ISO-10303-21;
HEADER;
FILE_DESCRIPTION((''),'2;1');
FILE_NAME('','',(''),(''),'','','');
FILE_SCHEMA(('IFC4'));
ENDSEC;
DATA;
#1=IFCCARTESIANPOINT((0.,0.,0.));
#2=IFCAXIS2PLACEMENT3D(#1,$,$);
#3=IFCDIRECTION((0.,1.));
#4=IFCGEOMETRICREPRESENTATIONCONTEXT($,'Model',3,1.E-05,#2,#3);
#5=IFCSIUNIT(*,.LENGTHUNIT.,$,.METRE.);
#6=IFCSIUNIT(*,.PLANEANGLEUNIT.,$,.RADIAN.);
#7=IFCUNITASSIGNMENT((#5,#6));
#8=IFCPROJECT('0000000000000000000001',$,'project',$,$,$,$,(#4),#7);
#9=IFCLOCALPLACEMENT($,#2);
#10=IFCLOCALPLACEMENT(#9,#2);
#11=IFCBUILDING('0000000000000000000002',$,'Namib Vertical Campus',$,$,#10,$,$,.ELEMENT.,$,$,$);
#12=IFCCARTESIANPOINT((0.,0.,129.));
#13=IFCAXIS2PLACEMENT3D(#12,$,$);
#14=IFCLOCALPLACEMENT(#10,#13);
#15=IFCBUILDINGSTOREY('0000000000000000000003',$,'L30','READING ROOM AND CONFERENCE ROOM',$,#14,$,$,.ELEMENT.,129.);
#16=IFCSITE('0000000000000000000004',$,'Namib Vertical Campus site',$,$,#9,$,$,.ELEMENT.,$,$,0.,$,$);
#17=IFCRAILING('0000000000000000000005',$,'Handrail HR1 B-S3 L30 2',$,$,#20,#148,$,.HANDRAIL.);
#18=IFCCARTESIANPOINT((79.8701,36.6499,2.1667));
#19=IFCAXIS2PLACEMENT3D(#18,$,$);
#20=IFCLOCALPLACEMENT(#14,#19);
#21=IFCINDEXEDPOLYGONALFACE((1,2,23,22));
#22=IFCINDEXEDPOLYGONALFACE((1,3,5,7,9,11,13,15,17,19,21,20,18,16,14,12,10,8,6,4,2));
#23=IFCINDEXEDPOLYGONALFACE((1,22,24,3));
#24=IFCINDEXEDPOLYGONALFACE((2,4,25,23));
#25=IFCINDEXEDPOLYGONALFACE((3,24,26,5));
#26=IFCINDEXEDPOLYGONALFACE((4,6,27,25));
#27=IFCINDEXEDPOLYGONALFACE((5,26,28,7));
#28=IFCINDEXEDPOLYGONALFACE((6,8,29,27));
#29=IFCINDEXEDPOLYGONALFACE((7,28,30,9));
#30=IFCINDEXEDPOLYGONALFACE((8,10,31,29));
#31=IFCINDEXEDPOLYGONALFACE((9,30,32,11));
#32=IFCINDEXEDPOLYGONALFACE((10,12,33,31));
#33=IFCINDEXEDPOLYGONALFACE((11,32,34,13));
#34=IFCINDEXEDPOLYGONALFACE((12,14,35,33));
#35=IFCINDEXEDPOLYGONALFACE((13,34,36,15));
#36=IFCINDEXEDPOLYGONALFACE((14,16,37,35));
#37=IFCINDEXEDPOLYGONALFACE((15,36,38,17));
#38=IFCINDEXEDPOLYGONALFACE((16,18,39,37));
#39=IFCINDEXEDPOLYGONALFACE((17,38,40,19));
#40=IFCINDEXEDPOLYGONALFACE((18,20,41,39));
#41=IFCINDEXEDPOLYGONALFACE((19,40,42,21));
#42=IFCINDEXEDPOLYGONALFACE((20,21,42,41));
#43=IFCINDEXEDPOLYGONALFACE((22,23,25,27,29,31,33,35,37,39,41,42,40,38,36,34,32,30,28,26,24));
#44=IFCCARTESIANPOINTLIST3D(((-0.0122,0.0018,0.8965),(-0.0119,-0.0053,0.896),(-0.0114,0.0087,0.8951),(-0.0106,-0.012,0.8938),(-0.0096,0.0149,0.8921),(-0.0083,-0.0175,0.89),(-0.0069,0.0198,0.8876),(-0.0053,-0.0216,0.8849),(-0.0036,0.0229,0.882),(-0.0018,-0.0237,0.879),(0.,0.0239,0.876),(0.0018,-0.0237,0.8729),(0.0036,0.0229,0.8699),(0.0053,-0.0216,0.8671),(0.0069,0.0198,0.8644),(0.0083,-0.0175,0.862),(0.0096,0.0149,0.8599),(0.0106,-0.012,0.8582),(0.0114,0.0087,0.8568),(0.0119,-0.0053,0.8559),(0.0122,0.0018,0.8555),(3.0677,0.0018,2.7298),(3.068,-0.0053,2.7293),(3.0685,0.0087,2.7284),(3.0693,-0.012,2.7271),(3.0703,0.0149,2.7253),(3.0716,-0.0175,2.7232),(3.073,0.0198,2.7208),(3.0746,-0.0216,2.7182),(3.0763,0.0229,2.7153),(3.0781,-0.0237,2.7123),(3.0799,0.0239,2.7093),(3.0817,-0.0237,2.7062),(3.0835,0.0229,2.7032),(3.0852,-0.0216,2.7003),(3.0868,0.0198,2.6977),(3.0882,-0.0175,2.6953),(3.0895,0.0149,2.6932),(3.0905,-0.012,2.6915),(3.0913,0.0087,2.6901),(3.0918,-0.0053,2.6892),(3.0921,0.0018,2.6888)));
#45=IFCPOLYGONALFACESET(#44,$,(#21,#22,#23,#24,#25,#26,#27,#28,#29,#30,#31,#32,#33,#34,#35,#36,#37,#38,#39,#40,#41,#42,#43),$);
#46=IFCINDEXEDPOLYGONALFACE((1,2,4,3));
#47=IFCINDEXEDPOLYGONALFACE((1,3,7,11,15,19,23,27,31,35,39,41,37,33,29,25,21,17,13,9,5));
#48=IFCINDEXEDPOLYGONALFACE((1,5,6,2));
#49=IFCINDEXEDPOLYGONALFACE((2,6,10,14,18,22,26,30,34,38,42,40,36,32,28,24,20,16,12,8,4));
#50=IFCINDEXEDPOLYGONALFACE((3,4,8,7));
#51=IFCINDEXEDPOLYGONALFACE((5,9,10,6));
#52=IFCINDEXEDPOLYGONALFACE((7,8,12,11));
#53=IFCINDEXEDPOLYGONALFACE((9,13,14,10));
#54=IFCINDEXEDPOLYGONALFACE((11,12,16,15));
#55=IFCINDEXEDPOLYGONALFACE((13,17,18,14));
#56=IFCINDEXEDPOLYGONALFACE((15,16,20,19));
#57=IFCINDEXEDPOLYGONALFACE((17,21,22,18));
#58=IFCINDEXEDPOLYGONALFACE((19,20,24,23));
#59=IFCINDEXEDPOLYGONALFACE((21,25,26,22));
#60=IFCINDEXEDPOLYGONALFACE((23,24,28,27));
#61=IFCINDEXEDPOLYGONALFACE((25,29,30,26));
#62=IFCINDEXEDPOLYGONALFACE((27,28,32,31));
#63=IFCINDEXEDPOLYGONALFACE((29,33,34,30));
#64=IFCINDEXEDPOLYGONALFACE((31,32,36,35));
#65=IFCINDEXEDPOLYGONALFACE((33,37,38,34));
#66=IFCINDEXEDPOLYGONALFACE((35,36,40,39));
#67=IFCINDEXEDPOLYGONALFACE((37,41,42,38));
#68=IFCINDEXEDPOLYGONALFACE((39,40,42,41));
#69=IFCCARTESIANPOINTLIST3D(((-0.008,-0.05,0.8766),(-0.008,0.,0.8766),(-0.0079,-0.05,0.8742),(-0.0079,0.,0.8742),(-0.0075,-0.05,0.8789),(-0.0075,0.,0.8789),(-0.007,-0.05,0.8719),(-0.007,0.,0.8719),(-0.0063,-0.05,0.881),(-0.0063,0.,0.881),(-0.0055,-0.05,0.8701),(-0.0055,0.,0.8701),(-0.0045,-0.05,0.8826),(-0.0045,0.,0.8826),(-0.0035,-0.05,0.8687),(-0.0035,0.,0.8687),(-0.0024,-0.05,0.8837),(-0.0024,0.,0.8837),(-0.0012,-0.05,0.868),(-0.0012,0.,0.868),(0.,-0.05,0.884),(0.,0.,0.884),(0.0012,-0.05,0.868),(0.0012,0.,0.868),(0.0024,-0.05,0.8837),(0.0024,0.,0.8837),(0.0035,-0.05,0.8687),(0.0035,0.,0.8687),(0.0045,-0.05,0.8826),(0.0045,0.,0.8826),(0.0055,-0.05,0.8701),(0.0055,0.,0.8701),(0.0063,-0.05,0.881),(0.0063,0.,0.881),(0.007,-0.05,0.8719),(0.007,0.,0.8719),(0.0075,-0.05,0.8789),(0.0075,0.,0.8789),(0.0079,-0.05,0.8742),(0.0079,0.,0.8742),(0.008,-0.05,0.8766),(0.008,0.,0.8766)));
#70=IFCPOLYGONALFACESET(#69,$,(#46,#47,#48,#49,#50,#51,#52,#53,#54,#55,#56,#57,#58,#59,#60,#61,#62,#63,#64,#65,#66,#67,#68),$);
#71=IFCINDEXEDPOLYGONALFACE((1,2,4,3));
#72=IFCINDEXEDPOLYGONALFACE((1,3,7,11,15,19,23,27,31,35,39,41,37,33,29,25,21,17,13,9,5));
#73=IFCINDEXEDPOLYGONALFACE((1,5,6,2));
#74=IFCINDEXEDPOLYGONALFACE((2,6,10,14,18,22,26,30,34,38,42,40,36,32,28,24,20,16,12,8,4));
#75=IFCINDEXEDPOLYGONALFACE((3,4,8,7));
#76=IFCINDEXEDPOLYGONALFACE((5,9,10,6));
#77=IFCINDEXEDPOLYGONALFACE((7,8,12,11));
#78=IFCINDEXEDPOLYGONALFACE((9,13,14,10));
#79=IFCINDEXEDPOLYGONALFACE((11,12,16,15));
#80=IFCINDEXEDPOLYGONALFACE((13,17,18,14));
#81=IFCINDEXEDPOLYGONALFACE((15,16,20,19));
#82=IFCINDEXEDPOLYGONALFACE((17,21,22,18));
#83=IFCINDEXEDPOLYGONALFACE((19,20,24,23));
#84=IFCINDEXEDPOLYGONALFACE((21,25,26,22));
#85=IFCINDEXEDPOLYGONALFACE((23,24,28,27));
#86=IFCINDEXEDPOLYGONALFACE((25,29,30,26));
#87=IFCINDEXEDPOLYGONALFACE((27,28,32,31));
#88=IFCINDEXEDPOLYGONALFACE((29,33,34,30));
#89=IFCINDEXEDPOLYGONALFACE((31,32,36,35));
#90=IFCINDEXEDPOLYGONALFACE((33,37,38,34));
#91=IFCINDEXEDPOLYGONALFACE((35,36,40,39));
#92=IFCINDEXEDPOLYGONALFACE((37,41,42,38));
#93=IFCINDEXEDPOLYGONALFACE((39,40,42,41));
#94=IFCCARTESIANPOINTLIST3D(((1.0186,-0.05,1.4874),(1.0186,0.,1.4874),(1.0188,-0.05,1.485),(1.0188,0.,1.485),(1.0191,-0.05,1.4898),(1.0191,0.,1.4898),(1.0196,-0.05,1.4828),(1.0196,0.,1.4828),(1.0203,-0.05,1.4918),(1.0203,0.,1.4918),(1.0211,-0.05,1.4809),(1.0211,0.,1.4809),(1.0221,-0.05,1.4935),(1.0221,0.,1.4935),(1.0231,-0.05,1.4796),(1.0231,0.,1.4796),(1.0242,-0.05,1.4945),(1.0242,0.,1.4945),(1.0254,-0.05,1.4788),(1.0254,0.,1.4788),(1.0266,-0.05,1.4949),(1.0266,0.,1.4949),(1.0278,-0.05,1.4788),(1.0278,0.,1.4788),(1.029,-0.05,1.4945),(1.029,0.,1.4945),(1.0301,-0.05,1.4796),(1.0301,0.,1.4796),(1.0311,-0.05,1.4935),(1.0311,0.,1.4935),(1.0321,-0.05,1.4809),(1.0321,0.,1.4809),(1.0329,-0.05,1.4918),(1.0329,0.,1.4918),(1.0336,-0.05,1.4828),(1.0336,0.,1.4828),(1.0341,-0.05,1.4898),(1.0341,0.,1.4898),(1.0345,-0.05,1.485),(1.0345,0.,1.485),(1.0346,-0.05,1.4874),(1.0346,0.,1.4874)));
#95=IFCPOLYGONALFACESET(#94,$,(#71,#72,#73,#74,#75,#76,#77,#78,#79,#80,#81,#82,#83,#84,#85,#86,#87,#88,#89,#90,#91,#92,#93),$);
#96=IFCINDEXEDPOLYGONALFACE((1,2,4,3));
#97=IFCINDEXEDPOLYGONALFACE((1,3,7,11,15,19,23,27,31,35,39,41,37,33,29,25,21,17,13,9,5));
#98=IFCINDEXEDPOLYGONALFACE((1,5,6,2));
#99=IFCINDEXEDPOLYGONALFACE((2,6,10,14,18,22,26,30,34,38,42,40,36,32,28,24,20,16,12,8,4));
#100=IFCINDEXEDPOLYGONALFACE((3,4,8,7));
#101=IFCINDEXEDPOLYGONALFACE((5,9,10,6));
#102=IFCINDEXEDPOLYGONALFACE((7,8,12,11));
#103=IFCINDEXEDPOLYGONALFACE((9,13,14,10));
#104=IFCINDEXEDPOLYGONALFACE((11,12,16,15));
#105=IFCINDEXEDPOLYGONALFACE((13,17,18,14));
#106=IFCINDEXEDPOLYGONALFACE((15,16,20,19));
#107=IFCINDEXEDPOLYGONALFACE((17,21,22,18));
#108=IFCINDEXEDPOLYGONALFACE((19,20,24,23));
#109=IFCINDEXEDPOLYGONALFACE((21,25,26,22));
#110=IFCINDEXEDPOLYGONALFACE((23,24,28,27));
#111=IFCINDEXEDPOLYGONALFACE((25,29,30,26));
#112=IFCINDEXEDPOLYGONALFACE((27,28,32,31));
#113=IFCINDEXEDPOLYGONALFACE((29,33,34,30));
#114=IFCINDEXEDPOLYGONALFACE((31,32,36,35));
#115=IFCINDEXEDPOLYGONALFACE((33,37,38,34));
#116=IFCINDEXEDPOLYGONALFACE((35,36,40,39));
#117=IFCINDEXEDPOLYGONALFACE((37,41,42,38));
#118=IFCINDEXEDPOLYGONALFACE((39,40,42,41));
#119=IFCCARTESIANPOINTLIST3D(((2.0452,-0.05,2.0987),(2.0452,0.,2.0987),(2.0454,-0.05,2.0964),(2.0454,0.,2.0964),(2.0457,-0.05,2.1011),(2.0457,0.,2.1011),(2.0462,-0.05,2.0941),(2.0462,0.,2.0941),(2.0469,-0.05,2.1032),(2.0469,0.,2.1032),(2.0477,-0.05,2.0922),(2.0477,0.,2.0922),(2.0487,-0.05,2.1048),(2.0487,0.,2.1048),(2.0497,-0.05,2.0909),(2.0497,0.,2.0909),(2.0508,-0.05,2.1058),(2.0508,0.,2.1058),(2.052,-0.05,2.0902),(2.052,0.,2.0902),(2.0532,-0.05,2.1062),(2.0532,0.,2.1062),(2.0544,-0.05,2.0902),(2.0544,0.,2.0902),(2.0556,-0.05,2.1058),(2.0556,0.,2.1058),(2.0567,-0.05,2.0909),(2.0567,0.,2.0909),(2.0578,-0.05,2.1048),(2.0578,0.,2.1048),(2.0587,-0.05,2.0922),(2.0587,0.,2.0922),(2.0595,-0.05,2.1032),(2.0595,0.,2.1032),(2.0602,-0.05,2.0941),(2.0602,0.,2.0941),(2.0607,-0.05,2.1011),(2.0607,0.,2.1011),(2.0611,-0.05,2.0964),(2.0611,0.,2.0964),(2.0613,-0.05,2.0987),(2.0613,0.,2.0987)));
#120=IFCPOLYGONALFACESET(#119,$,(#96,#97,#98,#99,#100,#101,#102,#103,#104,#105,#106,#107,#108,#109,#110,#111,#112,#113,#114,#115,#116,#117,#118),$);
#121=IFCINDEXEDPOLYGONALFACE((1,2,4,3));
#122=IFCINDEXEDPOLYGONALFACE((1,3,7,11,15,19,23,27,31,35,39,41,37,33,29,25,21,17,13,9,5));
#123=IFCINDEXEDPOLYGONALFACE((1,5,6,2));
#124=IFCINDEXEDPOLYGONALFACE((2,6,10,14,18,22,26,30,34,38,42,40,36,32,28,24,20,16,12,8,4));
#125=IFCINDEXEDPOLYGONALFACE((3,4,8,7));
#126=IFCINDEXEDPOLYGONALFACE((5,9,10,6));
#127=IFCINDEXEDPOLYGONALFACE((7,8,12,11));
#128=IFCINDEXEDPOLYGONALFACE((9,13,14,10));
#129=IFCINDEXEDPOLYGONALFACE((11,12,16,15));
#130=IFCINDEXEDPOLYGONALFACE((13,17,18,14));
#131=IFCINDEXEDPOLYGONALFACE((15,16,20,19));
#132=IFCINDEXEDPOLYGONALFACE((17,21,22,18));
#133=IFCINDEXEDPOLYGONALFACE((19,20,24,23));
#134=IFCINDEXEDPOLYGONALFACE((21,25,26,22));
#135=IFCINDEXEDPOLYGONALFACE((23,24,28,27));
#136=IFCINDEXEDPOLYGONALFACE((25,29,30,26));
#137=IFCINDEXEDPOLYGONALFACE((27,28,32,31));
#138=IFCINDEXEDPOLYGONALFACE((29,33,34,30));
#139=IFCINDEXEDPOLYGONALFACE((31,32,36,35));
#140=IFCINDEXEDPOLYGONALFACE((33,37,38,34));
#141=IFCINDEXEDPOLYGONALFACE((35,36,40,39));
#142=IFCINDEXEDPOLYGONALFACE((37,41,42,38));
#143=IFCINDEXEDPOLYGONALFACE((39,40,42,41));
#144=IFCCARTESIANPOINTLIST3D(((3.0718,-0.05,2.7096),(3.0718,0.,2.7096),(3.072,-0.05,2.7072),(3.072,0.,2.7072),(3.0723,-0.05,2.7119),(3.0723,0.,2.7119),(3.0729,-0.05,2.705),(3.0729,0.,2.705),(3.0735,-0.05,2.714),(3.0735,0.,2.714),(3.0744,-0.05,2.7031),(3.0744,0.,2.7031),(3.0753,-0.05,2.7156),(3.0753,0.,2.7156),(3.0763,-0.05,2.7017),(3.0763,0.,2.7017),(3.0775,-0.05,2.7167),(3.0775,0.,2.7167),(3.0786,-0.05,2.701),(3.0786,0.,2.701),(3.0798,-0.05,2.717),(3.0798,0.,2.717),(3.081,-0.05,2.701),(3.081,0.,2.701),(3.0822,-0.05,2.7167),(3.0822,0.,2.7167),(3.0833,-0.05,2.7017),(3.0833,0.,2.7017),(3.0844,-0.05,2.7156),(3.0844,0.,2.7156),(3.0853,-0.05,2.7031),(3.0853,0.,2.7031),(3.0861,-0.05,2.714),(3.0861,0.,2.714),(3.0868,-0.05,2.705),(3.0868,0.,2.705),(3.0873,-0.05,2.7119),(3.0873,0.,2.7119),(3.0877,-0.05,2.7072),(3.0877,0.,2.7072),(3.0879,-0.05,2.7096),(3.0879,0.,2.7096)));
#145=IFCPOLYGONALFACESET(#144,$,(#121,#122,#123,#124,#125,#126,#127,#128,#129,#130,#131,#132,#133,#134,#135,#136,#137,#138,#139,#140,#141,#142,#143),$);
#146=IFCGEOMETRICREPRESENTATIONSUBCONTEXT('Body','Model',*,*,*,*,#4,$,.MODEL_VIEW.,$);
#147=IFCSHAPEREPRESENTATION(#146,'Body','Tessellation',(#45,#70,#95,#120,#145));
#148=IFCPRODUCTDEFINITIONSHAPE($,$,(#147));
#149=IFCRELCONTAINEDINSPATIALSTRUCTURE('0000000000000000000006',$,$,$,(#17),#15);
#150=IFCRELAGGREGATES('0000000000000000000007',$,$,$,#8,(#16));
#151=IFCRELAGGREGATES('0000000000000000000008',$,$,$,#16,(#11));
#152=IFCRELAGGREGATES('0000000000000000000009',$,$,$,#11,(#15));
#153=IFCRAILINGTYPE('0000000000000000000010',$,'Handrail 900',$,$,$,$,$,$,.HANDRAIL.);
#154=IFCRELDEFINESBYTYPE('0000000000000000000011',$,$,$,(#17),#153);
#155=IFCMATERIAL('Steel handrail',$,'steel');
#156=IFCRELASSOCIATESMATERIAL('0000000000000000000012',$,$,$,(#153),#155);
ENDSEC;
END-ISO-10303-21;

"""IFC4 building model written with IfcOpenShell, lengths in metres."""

from ifc_helpers import new_model, si_unit, direction, frame, origin, origin_2d, place, context, subcontext, project, spatial, circle, extrude, material, type_object, element, save


model = new_model("IFC4")

# Units and contexts
model_context = context("Model", 3, precision=1e-05, world=origin(), true_north=direction((0.0, 1.0)))
body_context = subcontext(model_context, "Body", "Model", "MODEL_VIEW")
ifc_project = project(units=[si_unit("LENGTHUNIT", "METRE"), si_unit("PLANEANGLEUNIT", "RADIAN")], contexts=[model_context])

# Site, building, storey
site_placement = place(None, origin())
site = spatial("IfcSite", under=ifc_project, at=site_placement, Name="Namib Vertical Campus site", CompositionType="ELEMENT", RefElevation=0.0)
building_placement = place(site_placement, origin())
building = spatial("IfcBuilding", under=site, at=building_placement, Name="Namib Vertical Campus", CompositionType="ELEMENT")
storey_placement = place(building_placement, frame((0.0, 0.0, 129.0)))
storey = spatial("IfcBuildingStorey", under=building, at=storey_placement, Name="L30", Description="READING ROOM AND CONFERENCE ROOM", CompositionType="ELEMENT", Elevation=129.0)

# Railing
ifc_material_1 = material(Name="Steel handrail", Category="steel")
railing_type_1 = type_object("IfcRailingType", Name="Handrail 900", PredefinedType="HANDRAIL", material=ifc_material_1)
railing_1_placement = place(storey_placement, frame((79.8701, 36.6499, 2.1667)))
element("IfcRailing", 1, at=railing_1_placement, inside=storey, type_object=railing_type_1, Name="Handrail HR1 B-S3 L30 2", PredefinedType="HANDRAIL", context=body_context, shape_type="SweptSolid", body=[
    extrude(circle(Radius=0.0239, at=origin_2d()), frame((0.0, 0.0, 0.876), z_axis=(0.859291, 0.0, 0.511487), x_axis=(0.0, 1.0, 0.0)), (0.0, 0.0, 1.0), 3.5842),
    extrude(circle(Radius=0.0081, at=origin_2d()), frame((0.0, 0.0, 0.876), z_axis=(0.0, -1.0, 0.0), x_axis=(0.0, 0.0, 1.0)), (0.0, 0.0, 1.0), 0.05),
    extrude(circle(Radius=0.0081, at=origin_2d()), frame((1.0266, 0.0, 1.4868), z_axis=(0.0, -1.0, 0.0), x_axis=(0.0, 0.0, 1.0)), (0.0, 0.0, 1.0), 0.05),
    extrude(circle(Radius=0.0081, at=origin_2d()), frame((2.0532, 0.0, 2.0981), z_axis=(0.0, -1.0, 0.0), x_axis=(0.0, 0.0, 1.0)), (0.0, 0.0, 1.0), 0.05),
    extrude(circle(Radius=0.0081, at=origin_2d()), frame((3.0798, 0.0, 2.709), z_axis=(0.0, -1.0, 0.0), x_axis=(0.0, 0.0, 1.0)), (0.0, 0.0, 1.0), 0.05),
])

save(model, "model.ifc")
